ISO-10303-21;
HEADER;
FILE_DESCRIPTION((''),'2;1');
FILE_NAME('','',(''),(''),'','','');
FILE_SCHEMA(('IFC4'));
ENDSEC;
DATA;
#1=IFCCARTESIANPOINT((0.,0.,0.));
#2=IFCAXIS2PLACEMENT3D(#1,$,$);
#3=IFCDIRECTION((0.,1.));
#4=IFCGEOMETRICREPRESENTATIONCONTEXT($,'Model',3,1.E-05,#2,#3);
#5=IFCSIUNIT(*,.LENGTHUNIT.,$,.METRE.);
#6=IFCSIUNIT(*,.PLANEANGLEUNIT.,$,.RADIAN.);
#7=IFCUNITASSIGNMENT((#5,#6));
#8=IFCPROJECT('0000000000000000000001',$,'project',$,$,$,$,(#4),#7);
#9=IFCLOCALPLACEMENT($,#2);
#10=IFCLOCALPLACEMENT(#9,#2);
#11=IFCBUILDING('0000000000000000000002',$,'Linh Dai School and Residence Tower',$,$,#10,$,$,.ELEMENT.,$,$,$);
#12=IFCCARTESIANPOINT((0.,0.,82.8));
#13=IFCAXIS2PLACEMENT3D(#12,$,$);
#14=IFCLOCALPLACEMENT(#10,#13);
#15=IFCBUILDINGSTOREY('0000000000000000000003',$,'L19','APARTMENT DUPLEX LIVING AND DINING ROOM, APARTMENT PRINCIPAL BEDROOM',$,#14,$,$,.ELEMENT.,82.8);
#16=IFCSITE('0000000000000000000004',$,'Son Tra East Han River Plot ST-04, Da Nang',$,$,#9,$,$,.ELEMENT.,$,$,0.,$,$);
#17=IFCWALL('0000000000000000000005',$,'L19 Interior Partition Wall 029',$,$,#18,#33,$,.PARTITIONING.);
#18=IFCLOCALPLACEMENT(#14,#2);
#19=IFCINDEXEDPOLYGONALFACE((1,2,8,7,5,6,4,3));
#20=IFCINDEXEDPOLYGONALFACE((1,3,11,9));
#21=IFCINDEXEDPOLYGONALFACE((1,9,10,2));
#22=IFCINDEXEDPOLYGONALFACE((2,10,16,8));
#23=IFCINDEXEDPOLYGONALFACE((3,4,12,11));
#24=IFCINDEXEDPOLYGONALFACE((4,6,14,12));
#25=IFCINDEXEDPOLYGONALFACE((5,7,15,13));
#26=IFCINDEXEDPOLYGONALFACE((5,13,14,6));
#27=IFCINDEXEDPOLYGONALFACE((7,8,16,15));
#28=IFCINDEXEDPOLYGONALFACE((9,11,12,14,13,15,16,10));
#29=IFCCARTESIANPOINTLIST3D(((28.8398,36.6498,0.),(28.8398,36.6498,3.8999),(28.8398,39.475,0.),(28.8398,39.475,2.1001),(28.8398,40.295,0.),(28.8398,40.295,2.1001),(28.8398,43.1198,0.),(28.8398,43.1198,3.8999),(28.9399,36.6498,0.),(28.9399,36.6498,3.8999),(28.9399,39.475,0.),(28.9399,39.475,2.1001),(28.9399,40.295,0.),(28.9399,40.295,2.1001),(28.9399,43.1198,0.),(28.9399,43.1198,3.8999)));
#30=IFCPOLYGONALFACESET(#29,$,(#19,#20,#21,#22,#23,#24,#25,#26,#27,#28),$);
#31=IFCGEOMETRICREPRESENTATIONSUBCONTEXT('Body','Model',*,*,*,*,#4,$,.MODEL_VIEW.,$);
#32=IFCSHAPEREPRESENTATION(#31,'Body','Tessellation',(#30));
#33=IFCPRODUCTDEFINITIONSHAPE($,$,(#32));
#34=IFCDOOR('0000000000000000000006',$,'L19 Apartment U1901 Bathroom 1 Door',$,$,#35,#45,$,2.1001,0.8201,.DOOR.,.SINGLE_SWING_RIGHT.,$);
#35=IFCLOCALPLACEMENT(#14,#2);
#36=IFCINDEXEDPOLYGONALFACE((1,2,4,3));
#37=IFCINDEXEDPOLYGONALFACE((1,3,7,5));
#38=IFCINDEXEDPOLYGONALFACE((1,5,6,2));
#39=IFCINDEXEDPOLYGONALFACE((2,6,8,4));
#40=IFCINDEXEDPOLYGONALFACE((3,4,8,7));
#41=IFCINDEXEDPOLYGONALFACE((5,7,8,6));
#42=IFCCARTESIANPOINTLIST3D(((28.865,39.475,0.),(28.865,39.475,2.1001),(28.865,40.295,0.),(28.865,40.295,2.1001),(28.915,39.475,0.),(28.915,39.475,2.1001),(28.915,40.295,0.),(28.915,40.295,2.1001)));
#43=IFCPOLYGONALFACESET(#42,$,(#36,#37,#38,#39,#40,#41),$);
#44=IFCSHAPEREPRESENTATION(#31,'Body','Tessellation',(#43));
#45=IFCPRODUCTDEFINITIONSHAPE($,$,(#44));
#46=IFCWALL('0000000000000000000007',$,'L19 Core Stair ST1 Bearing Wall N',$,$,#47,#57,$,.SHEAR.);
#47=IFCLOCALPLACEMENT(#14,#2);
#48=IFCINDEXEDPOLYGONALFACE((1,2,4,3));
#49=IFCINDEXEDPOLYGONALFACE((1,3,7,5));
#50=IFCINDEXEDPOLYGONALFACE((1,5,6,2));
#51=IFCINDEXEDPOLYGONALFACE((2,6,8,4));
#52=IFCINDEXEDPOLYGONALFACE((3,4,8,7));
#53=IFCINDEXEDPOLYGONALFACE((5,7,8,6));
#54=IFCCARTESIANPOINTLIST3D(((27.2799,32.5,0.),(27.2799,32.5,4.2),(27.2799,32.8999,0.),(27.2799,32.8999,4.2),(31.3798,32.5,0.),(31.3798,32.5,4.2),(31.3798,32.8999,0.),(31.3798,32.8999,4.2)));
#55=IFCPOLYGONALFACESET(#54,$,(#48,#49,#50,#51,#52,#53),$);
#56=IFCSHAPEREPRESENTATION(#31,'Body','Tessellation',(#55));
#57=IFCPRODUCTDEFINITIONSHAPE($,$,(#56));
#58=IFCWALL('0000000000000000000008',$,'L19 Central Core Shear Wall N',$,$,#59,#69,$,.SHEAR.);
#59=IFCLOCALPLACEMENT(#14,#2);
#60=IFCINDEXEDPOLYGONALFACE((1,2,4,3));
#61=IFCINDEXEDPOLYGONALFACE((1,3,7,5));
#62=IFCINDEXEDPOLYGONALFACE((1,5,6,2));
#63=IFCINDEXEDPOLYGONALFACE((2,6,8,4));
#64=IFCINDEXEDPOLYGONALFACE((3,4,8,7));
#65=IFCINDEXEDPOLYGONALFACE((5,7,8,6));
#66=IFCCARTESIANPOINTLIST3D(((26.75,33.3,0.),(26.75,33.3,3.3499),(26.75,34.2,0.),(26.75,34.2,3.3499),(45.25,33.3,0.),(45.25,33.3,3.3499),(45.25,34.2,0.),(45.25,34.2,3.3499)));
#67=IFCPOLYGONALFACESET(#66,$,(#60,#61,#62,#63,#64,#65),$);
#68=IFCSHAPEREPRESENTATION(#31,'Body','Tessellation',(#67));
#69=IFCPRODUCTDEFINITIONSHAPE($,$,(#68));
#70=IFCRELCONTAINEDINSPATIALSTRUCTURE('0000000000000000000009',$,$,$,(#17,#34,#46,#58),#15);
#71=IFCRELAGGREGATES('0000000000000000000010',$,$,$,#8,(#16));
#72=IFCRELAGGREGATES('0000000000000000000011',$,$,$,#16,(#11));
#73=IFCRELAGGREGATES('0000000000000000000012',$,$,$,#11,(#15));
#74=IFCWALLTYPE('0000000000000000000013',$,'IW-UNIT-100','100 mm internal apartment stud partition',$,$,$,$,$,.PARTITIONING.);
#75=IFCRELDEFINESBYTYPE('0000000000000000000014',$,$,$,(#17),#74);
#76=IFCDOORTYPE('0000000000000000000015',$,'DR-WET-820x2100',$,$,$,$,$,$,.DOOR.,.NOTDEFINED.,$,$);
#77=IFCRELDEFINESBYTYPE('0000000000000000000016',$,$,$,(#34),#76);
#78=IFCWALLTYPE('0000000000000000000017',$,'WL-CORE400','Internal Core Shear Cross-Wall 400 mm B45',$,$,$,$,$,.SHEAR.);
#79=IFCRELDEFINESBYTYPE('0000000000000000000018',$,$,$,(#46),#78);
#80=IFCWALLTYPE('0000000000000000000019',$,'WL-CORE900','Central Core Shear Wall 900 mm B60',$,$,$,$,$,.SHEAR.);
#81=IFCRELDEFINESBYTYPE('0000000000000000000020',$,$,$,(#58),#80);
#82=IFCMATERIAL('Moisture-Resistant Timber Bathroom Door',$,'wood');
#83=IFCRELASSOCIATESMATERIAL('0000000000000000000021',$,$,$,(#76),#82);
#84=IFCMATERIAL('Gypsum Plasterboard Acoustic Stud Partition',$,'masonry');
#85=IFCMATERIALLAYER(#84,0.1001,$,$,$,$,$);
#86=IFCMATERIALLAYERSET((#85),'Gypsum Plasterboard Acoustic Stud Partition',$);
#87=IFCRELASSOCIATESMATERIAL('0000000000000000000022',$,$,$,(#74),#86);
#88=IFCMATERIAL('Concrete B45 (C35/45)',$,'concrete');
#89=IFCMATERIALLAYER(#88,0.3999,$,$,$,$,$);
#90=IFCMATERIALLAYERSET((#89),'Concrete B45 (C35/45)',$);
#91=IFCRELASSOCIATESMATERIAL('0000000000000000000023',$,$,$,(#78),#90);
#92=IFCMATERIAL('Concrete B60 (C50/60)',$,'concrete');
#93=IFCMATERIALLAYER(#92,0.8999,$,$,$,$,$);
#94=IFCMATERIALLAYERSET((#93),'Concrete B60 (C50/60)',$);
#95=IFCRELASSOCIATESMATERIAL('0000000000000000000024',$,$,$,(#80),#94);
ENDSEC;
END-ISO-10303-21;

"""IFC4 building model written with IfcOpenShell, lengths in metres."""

from ifc_helpers import new_model, si_unit, direction, frame, frame_2d, origin, origin_2d, place, context, subcontext, project, spatial, rectangle, extrude, source, transform, mapped, material, layer, layer_set, type_object, element, fill, save


model = new_model("IFC4")

# Units and contexts
model_context = context("Model", 3, precision=1e-05, world=origin(), true_north=direction((0.0, 1.0)))
body_context = subcontext(model_context, "Body", "Model", "MODEL_VIEW")
ifc_project = project(units=[si_unit("LENGTHUNIT", "METRE"), si_unit("PLANEANGLEUNIT", "RADIAN")], contexts=[model_context])

# Site, building, storey
site_placement = place(None, origin())
site = spatial("IfcSite", under=ifc_project, at=site_placement, Name="Son Tra East Han River Plot ST-04, Da Nang", CompositionType="ELEMENT", RefElevation=0.0)
building_placement = place(site_placement, origin())
building = spatial("IfcBuilding", under=site, at=building_placement, Name="Linh Dai School and Residence Tower", CompositionType="ELEMENT")
storey_placement = place(building_placement, frame((0.0, 0.0, 82.8)))
storey = spatial("IfcBuildingStorey", under=building, at=storey_placement, Name="L19", Description="APARTMENT DUPLEX LIVING AND DINING ROOM, APARTMENT PRINCIPAL BEDROOM", CompositionType="ELEMENT", Elevation=82.8)

# Shared definitions
ifc_material_1 = material(Name="Moisture-Resistant Timber Bathroom Door", Category="wood")
door_type_1 = type_object("IfcDoorType", Name="DR-WET-820x2100", OperationType="NOTDEFINED", PredefinedType="DOOR", material=ifc_material_1)
shared_shape_1 = source(origin(), body_context, "Body", "SweptSolid", [
    extrude(rectangle(XDim=0.8201, YDim=2.1001, at=origin_2d()), frame((0.4102, 0.0249, 1.05), z_axis=(0.0, -1.0, 0.0), x_axis=(1.0, 0.0, 0.0)), (0.0, 0.0, 1.0), 0.05),
])

# Wall, opening, door
ifc_material_2 = material(Name="Gypsum Plasterboard Acoustic Stud Partition", Category="masonry")
ifc_layer_1 = layer(ifc_material_2, 0.1001)
ifc_layer_set_1 = layer_set([ifc_layer_1], Name="Gypsum Plasterboard Acoustic Stud Partition")
wall_type_1 = type_object("IfcWallType", Name="IW-UNIT-100", Description="100 mm internal apartment stud partition", PredefinedType="PARTITIONING", material=ifc_layer_set_1)
wall_1_placement = place(storey_placement, frame((28.8899, 36.6499, 0.0), z_axis=(0.0, 0.0, 1.0), x_axis=(0.0, 1.0, 0.0)))
wall_1 = element("IfcWall", 1, at=wall_1_placement, inside=storey, type_object=wall_type_1, Name="L19 Interior Partition Wall 029", PredefinedType="PARTITIONING", context=body_context, shape_type="SweptSolid", body=[
    extrude(rectangle(XDim=6.47, YDim=0.1001, at=frame_2d((3.2349, 0.0))), origin(), (0.0, 0.0, 1.0), 3.8999),
])
opening_1_placement = place(wall_1_placement, frame((2.825, 0.0, 0.0)))
opening_1 = element("IfcOpeningElement", 2, at=opening_1_placement, cuts=wall_1, PredefinedType="OPENING", context=body_context, shape_type="SweptSolid", body=[
    extrude(rectangle(XDim=0.8201, YDim=2.1001, at=origin_2d()), frame((0.4102, 0.0601, 1.05), z_axis=(0.0, -1.0, 0.0), x_axis=(1.0, 0.0, 0.0)), (0.0, 0.0, 1.0), 0.1201),
])
door_1_placement = place(opening_1_placement, origin())
door_1 = element("IfcDoor", 3, at=door_1_placement, inside=storey, type_object=door_type_1, Name="L19 Apartment U1901 Bathroom 1 Door", OperationType="SINGLE_SWING_RIGHT", OverallHeight=2.1001, OverallWidth=0.8201, PredefinedType="DOOR", context=body_context, shape_type="MappedRepresentation", body=[
    mapped(shared_shape_1, transform((0.0, 0.0, 0.0), x_axis=(1.0, 0.0, 0.0), y_axis=(0.0, 1.0, 0.0), z_axis=(0.0, 0.0, 1.0), scale=1.0)),
])
fill(opening_1, door_1)

# Walls
ifc_material_3 = material(Name="Concrete B45 (C35/45)", Category="concrete")
ifc_layer_2 = layer(ifc_material_3, 0.3999)
ifc_layer_set_2 = layer_set([ifc_layer_2], Name="Concrete B45 (C35/45)")
wall_type_2 = type_object("IfcWallType", Name="WL-CORE400", Description="Internal Core Shear Cross-Wall 400 mm B45", PredefinedType="SHEAR", material=ifc_layer_set_2)
wall_2_placement = place(storey_placement, frame((27.28, 32.7, 0.0), z_axis=(0.0, 0.0, 1.0), x_axis=(1.0, 0.0, 0.0)))
element("IfcWall", 4, at=wall_2_placement, inside=storey, type_object=wall_type_2, Name="L19 Core Stair ST1 Bearing Wall N", PredefinedType="SHEAR", context=body_context, shape_type="SweptSolid", body=[
    extrude(rectangle(XDim=4.0999, YDim=0.3999, at=frame_2d((2.0498, 0.0))), origin(), (0.0, 0.0, 1.0), 4.2),
])
ifc_material_4 = material(Name="Concrete B60 (C50/60)", Category="concrete")
ifc_layer_3 = layer(ifc_material_4, 0.8999)
ifc_layer_set_3 = layer_set([ifc_layer_3], Name="Concrete B60 (C50/60)")
wall_type_3 = type_object("IfcWallType", Name="WL-CORE900", Description="Central Core Shear Wall 900 mm B60", PredefinedType="SHEAR", material=ifc_layer_set_3)
wall_3_placement = place(storey_placement, frame((26.75, 33.75, 0.0), z_axis=(0.0, 0.0, 1.0), x_axis=(1.0, 0.0, 0.0)))
element("IfcWall", 5, at=wall_3_placement, inside=storey, type_object=wall_type_3, Name="L19 Central Core Shear Wall N", PredefinedType="SHEAR", context=body_context, shape_type="SweptSolid", body=[
    extrude(rectangle(XDim=18.5, YDim=0.8999, at=frame_2d((9.25, 0.0))), origin(), (0.0, 0.0, 1.0), 3.3499),
])

save(model, "model.ifc")
